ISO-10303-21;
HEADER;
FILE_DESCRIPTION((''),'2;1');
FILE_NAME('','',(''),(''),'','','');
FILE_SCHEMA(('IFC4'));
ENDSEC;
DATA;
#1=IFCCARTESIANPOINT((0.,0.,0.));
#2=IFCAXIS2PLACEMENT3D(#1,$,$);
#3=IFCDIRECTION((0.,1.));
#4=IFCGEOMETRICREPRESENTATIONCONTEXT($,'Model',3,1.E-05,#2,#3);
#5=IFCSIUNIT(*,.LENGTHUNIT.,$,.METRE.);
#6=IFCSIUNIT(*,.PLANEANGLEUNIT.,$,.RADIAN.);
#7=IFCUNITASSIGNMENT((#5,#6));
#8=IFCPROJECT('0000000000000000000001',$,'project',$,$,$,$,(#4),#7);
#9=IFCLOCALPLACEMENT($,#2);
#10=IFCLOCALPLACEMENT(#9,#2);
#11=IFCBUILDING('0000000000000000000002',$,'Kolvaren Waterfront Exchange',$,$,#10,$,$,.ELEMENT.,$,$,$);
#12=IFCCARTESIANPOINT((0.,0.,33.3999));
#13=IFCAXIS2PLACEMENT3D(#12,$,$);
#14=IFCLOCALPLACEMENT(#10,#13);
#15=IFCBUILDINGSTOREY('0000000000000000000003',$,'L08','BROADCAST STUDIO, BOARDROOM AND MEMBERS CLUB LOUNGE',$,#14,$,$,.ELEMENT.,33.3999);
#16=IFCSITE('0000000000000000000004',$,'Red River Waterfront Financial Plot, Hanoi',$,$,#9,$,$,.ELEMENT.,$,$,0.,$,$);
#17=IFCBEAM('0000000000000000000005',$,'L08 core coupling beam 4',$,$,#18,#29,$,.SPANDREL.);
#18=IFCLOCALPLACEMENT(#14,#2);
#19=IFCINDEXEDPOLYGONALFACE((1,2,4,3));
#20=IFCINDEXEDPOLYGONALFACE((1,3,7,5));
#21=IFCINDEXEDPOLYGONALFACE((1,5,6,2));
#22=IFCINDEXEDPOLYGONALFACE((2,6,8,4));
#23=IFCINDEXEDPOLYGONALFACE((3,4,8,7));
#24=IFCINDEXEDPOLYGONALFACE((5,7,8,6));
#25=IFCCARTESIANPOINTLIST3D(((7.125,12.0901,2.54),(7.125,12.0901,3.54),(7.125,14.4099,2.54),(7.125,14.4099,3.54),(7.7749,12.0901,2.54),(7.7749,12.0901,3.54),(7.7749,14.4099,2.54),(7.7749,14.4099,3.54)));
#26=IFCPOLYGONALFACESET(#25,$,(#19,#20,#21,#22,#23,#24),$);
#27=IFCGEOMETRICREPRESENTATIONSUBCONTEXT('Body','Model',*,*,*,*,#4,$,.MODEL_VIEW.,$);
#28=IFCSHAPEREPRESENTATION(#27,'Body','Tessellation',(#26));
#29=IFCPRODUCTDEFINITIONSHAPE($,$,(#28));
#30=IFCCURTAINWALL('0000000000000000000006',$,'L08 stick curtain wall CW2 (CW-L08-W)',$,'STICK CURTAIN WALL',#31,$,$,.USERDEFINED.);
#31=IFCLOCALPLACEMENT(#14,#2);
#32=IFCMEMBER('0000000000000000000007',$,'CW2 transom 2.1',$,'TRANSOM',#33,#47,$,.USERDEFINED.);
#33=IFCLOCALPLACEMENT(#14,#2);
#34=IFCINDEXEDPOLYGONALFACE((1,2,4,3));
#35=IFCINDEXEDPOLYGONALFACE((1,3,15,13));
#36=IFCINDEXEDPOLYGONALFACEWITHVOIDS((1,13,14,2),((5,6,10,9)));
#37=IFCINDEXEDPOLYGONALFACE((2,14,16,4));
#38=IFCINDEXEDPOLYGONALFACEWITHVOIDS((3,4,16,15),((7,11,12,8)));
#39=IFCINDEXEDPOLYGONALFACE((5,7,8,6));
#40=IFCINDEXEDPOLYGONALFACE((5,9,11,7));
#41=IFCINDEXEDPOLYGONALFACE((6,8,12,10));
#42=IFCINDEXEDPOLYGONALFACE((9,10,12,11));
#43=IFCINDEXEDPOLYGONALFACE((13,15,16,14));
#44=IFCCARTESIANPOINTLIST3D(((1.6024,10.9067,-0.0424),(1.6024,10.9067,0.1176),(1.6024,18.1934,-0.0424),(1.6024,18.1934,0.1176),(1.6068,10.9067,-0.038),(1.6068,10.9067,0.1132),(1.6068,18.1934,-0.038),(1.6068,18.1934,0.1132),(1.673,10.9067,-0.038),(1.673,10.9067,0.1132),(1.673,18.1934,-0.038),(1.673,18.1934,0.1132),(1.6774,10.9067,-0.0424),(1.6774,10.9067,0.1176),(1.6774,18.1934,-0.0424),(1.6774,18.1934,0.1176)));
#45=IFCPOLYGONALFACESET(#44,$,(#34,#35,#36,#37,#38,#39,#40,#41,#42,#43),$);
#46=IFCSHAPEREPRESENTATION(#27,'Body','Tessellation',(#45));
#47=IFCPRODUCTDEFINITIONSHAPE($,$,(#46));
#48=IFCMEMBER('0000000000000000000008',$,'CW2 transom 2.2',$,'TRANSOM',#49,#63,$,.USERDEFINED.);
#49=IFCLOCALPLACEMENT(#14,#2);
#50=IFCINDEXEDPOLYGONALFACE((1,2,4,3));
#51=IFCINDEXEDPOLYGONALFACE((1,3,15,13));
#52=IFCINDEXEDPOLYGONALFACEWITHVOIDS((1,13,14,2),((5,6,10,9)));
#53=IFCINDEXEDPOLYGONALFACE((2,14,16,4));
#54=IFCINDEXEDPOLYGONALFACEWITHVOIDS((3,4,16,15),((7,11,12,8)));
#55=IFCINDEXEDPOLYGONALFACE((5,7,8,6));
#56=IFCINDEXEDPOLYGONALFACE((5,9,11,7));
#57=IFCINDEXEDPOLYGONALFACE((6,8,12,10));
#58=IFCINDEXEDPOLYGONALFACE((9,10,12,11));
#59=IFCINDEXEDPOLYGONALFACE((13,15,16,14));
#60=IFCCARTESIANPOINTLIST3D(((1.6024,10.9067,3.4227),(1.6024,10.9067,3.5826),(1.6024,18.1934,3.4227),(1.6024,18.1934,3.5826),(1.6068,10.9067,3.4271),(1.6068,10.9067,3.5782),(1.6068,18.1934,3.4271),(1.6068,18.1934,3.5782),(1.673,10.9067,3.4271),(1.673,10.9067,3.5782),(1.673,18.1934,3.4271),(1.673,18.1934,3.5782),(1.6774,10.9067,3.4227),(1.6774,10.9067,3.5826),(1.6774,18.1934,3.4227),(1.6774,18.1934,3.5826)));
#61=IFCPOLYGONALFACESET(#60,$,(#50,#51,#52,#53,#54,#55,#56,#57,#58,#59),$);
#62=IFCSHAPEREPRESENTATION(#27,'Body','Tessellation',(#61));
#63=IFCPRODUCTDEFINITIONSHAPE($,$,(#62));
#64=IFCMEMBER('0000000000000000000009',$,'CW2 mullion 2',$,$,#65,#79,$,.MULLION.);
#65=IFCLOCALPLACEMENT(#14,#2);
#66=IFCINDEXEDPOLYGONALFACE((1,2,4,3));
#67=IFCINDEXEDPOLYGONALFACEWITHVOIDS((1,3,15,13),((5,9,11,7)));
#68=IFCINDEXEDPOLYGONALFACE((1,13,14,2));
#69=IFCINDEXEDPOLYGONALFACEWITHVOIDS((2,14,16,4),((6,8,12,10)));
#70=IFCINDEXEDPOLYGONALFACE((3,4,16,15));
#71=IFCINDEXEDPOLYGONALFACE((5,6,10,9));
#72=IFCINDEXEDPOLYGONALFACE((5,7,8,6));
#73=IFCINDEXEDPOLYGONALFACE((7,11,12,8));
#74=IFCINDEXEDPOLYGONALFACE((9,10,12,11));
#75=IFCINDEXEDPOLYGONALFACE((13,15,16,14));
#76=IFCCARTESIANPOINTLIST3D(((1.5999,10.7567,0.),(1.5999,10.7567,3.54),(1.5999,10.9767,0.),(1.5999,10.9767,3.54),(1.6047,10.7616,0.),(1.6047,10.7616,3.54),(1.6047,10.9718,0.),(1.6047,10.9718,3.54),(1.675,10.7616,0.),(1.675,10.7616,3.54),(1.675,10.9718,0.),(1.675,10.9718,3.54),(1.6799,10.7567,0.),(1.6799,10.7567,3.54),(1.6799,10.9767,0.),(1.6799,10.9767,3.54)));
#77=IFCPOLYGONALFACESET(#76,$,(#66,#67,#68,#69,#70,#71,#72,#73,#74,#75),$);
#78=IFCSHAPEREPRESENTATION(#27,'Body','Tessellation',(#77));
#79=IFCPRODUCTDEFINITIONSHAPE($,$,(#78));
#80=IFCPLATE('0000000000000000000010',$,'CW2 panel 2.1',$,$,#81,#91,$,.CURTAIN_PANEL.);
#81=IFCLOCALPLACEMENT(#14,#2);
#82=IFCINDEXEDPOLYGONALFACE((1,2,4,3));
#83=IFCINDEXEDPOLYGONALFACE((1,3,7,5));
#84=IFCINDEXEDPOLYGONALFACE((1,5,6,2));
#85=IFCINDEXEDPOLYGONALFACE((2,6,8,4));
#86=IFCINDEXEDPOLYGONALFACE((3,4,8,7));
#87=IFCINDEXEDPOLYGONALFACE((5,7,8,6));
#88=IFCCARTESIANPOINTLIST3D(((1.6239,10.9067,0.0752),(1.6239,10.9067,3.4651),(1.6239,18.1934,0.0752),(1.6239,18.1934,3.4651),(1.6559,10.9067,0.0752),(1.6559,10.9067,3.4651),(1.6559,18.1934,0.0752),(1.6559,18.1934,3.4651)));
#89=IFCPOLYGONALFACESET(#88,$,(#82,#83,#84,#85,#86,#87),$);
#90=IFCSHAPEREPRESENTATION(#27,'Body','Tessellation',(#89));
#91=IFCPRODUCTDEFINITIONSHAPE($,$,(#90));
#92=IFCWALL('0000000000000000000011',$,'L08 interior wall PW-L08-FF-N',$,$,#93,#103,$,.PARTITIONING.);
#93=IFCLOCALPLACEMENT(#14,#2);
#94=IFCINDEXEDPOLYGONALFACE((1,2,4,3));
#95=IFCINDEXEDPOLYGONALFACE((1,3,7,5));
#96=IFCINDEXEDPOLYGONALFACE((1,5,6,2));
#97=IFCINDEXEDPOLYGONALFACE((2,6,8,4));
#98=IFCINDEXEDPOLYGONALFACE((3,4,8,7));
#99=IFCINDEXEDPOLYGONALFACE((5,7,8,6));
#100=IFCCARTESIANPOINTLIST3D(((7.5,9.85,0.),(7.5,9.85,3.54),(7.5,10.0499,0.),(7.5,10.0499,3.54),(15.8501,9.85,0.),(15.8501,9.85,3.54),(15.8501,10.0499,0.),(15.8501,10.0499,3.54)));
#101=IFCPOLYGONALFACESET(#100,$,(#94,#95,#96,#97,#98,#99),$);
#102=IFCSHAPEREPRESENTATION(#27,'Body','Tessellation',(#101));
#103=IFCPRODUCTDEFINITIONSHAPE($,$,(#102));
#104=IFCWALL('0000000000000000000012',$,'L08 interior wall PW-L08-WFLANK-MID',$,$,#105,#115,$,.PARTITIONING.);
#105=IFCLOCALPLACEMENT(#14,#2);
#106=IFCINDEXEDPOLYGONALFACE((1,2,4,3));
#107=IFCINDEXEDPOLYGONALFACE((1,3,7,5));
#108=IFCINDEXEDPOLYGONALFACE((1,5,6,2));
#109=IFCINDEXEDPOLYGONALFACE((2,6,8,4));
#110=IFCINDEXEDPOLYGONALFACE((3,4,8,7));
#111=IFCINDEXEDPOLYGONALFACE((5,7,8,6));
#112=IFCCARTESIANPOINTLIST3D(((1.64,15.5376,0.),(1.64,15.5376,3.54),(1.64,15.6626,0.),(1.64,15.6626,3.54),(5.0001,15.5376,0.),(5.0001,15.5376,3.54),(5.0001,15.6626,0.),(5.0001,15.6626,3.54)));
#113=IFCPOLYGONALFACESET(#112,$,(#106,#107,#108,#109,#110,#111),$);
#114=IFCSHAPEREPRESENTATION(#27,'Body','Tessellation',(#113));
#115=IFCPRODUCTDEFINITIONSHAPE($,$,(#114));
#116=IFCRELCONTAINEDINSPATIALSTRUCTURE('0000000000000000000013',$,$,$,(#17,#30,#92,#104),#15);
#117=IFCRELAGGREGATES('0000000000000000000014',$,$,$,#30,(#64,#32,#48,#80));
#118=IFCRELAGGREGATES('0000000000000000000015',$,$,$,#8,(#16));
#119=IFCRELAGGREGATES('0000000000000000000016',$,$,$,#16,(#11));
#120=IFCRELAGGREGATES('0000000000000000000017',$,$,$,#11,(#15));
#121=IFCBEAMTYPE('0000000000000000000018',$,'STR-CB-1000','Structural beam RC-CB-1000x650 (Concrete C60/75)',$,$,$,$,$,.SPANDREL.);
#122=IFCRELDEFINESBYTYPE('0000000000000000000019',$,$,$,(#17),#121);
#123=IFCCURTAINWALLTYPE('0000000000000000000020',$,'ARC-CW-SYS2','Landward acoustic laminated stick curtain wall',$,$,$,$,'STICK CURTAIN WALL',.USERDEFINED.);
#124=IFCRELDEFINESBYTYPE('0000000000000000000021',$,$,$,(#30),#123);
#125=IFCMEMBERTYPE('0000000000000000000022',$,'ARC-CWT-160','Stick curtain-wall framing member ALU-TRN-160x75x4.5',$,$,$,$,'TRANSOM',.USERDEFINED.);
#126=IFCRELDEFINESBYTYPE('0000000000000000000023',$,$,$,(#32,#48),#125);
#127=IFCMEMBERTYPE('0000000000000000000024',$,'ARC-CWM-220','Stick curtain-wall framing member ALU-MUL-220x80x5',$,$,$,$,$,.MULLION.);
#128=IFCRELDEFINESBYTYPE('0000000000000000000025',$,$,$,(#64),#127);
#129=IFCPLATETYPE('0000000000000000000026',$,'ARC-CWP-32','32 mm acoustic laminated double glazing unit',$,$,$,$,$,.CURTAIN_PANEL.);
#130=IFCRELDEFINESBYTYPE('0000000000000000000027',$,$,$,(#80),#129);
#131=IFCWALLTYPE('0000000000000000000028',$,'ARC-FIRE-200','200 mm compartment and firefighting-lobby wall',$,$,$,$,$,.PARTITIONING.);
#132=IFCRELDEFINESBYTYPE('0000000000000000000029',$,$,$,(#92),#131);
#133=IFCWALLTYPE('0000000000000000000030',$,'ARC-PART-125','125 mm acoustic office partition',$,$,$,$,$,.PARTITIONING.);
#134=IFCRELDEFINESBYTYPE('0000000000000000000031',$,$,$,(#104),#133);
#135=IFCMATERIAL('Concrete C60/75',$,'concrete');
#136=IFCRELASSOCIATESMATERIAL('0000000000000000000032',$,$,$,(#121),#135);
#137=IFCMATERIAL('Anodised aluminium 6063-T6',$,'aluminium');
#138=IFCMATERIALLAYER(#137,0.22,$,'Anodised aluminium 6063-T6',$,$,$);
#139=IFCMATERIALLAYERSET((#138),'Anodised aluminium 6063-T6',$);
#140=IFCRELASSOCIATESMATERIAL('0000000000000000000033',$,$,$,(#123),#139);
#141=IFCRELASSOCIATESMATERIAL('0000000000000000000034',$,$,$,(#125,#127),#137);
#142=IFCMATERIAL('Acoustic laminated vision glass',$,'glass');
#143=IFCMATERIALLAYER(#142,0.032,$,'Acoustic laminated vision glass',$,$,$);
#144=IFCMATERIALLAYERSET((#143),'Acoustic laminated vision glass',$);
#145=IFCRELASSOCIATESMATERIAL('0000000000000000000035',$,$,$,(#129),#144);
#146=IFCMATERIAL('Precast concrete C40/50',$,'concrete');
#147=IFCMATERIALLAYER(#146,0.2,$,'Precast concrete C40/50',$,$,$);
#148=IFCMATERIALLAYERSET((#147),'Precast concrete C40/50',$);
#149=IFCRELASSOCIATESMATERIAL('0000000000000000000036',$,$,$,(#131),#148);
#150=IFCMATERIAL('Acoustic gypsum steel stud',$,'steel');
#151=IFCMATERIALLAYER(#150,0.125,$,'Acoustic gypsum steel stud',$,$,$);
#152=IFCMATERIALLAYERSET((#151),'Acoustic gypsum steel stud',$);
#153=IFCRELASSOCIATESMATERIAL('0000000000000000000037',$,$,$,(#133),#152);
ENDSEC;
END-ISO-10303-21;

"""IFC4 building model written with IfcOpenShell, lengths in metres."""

from ifc_helpers import new_model, si_unit, direction, frame, frame_2d, origin, origin_with_axes, origin_2d, place, context, subcontext, project, spatial, rectangle, hollow_rectangle, extrude, source, transform, mapped, material, layer, layer_set, material_profile, profile_set, type_object, element, aggregate, save


model = new_model("IFC4")

# Units and contexts
model_context = context("Model", 3, precision=1e-05, world=origin(), true_north=direction((0.0, 1.0)))
body_context = subcontext(model_context, "Body", "Model", "MODEL_VIEW")
ifc_project = project(units=[si_unit("LENGTHUNIT", "METRE"), si_unit("PLANEANGLEUNIT", "RADIAN")], contexts=[model_context])

# Site, building, storey
site_placement = place(None, origin())
site = spatial("IfcSite", under=ifc_project, at=site_placement, Name="Red River Waterfront Financial Plot, Hanoi", CompositionType="ELEMENT", RefElevation=0.0)
building_placement = place(site_placement, origin())
building = spatial("IfcBuilding", under=site, at=building_placement, Name="Kolvaren Waterfront Exchange", CompositionType="ELEMENT")
storey_placement = place(building_placement, frame((0.0, 0.0, 33.3999)))
storey = spatial("IfcBuildingStorey", under=building, at=storey_placement, Name="L08", Description="BROADCAST STUDIO, BOARDROOM AND MEMBERS CLUB LOUNGE", CompositionType="ELEMENT", Elevation=33.3999)

# Beam
ifc_material_1 = material(Name="Concrete C60/75", Category="concrete")
ifc_material_profile_1 = material_profile(ifc_material_1, rectangle(XDim=0.6499, YDim=1.0, at=origin_2d()), Name="RC-CB-1000x650")
ifc_profile_set_1 = profile_set([ifc_material_profile_1], Name="Concrete C60/75")
beam_type = type_object("IfcBeamType", Name="STR-CB-1000", Description="Structural beam RC-CB-1000x650 (Concrete C60/75)", PredefinedType="SPANDREL", material=ifc_profile_set_1)
beam_placement = place(storey_placement, frame((7.45, 12.0901, 3.04), z_axis=(0.0, 1.0, 0.0), x_axis=(-1.0, 0.0, 0.0)))
element("IfcBeam", 1, at=beam_placement, inside=storey, type_object=beam_type, Name="L08 core coupling beam 4", PredefinedType="SPANDREL", context=body_context, shape_type="SweptSolid", body=[
    extrude(rectangle(XDim=0.6499, YDim=1.0, at=origin_2d()), origin(), (0.0, 0.0, 1.0), 2.3198),
])

# Curtain wall, members, plate
ifc_material_2 = material(Name="Anodised aluminium 6063-T6", Category="aluminium")
ifc_layer_1 = layer(ifc_material_2, 0.22, Name="Anodised aluminium 6063-T6")
ifc_layer_set_1 = layer_set([ifc_layer_1], Name="Anodised aluminium 6063-T6")
curtain_wall_type = type_object("IfcCurtainWallType", Name="ARC-CW-SYS2", Description="Landward acoustic laminated stick curtain wall", ElementType="STICK CURTAIN WALL", PredefinedType="USERDEFINED", material=ifc_layer_set_1)
curtain_wall_placement = place(storey_placement, origin())
curtain_wall = element("IfcCurtainWall", 2, at=curtain_wall_placement, inside=storey, type_object=curtain_wall_type, Name="L08 stick curtain wall CW2 (CW-L08-W)", ObjectType="STICK CURTAIN WALL", PredefinedType="USERDEFINED")
ifc_material_profile_2 = material_profile(ifc_material_2, hollow_rectangle(XDim=0.075, YDim=0.1599, WallThickness=0.0044, at=origin_2d()), Name="ALU-TRN-160x75x4.5")
ifc_profile_set_2 = profile_set([ifc_material_profile_2], Name="Anodised aluminium 6063-T6")
member_type_1 = type_object("IfcMemberType", Name="ARC-CWT-160", Description="Stick curtain-wall framing member ALU-TRN-160x75x4.5", ElementType="TRANSOM", PredefinedType="USERDEFINED", material=ifc_profile_set_2)
shared_shape_1 = source(origin_with_axes(), body_context, "Body", "SweptSolid", [
    extrude(hollow_rectangle(XDim=0.075, YDim=0.1599, WallThickness=0.0044, at=origin_2d()), origin(), (0.0, 0.0, 1.0), 7.2866),
])
member_1_placement = place(storey_placement, frame((1.6399, 10.9067, 0.0376), z_axis=(0.0, 1.0, 0.0), x_axis=(-1.0, 0.0, 0.0)))
member_1 = element("IfcMember", 3, at=member_1_placement, type_object=member_type_1, Name="CW2 transom 2.1", ObjectType="TRANSOM", PredefinedType="USERDEFINED", context=body_context, shape_type="MappedRepresentation", body=[
    mapped(shared_shape_1, transform((0.0, 0.0, 0.0), x_axis=(1.0, 0.0, 0.0), y_axis=(0.0, 1.0, 0.0), z_axis=(0.0, 0.0, 1.0), scale=1.0)),
])
member_2_placement = place(storey_placement, frame((1.6399, 10.9067, 3.5027), z_axis=(0.0, 1.0, 0.0), x_axis=(-1.0, 0.0, 0.0)))
member_2 = element("IfcMember", 4, at=member_2_placement, type_object=member_type_1, Name="CW2 transom 2.2", ObjectType="TRANSOM", PredefinedType="USERDEFINED", context=body_context, shape_type="MappedRepresentation", body=[
    mapped(shared_shape_1, transform((0.0, 0.0, 0.0), x_axis=(1.0, 0.0, 0.0), y_axis=(0.0, 1.0, 0.0), z_axis=(0.0, 0.0, 1.0), scale=1.0)),
])
ifc_material_profile_3 = material_profile(ifc_material_2, hollow_rectangle(XDim=0.0801, YDim=0.22, WallThickness=0.0049, at=origin_2d()), Name="ALU-MUL-220x80x5")
ifc_profile_set_3 = profile_set([ifc_material_profile_3], Name="Anodised aluminium 6063-T6")
member_type_2 = type_object("IfcMemberType", Name="ARC-CWM-220", Description="Stick curtain-wall framing member ALU-MUL-220x80x5", PredefinedType="MULLION", material=ifc_profile_set_3)
shared_shape_2 = source(origin_with_axes(), body_context, "Body", "SweptSolid", [
    extrude(hollow_rectangle(XDim=0.0801, YDim=0.22, WallThickness=0.0049, at=origin_2d()), origin(), (0.0, 0.0, 1.0), 3.54),
])
member_3_placement = place(storey_placement, frame((1.6399, 10.8667, 0.0), z_axis=(0.0, 0.0, 1.0), x_axis=(-1.0, 0.0, 0.0)))
member_3 = element("IfcMember", 5, at=member_3_placement, type_object=member_type_2, Name="CW2 mullion 2", PredefinedType="MULLION", context=body_context, shape_type="MappedRepresentation", body=[
    mapped(shared_shape_2, transform((0.0, 0.0, 0.0), x_axis=(1.0, 0.0, 0.0), y_axis=(0.0, 1.0, 0.0), z_axis=(0.0, 0.0, 1.0), scale=1.0)),
])
ifc_material_3 = material(Name="Acoustic laminated vision glass", Category="glass")
ifc_layer_2 = layer(ifc_material_3, 0.032, Name="Acoustic laminated vision glass")
ifc_layer_set_2 = layer_set([ifc_layer_2], Name="Acoustic laminated vision glass")
plate_type = type_object("IfcPlateType", Name="ARC-CWP-32", Description="32 mm acoustic laminated double glazing unit", PredefinedType="CURTAIN_PANEL", material=ifc_layer_set_2)
shared_shape_3 = source(origin_with_axes(), body_context, "Body", "SweptSolid", [
    extrude(rectangle(XDim=7.2866, YDim=0.032, at=origin_2d()), origin(), (0.0, 0.0, 1.0), 3.3899),
])
plate_placement = place(storey_placement, frame((1.6399, 14.55, 0.0752), z_axis=(0.0, 0.0, 1.0), x_axis=(0.0, 1.0, 0.0)))
plate = element("IfcPlate", 6, at=plate_placement, type_object=plate_type, Name="CW2 panel 2.1", PredefinedType="CURTAIN_PANEL", context=body_context, shape_type="MappedRepresentation", body=[
    mapped(shared_shape_3, transform((0.0, 0.0, 0.0), x_axis=(1.0, 0.0, 0.0), y_axis=(0.0, 1.0, 0.0), z_axis=(0.0, 0.0, 1.0), scale=1.0)),
])
aggregate(curtain_wall, [member_3, member_1, member_2, plate])

# Walls
ifc_material_4 = material(Name="Precast concrete C40/50", Category="concrete")
ifc_layer_3 = layer(ifc_material_4, 0.2, Name="Precast concrete C40/50")
ifc_layer_set_3 = layer_set([ifc_layer_3], Name="Precast concrete C40/50")
wall_type_1 = type_object("IfcWallType", Name="ARC-FIRE-200", Description="200 mm compartment and firefighting-lobby wall", PredefinedType="PARTITIONING", material=ifc_layer_set_3)
wall_1_placement = place(storey_placement, frame((7.5, 9.95, 0.0), z_axis=(0.0, 0.0, 1.0), x_axis=(1.0, 0.0, 0.0)))
element("IfcWall", 7, at=wall_1_placement, inside=storey, type_object=wall_type_1, Name="L08 interior wall PW-L08-FF-N", PredefinedType="PARTITIONING", context=body_context, shape_type="SweptSolid", body=[
    extrude(rectangle(XDim=8.3501, YDim=0.2, at=frame_2d((4.175, 0.0))), origin(), (0.0, 0.0, 1.0), 3.54),
])
ifc_material_5 = material(Name="Acoustic gypsum steel stud", Category="steel")
ifc_layer_4 = layer(ifc_material_5, 0.125, Name="Acoustic gypsum steel stud")
ifc_layer_set_4 = layer_set([ifc_layer_4], Name="Acoustic gypsum steel stud")
wall_type_2 = type_object("IfcWallType", Name="ARC-PART-125", Description="125 mm acoustic office partition", PredefinedType="PARTITIONING", material=ifc_layer_set_4)
wall_2_placement = place(storey_placement, frame((1.6399, 15.6001, 0.0), z_axis=(0.0, 0.0, 1.0), x_axis=(1.0, 0.0, 0.0)))
element("IfcWall", 8, at=wall_2_placement, inside=storey, type_object=wall_type_2, Name="L08 interior wall PW-L08-WFLANK-MID", PredefinedType="PARTITIONING", context=body_context, shape_type="SweptSolid", body=[
    extrude(rectangle(XDim=3.3601, YDim=0.125, at=frame_2d((1.6802, 0.0))), origin(), (0.0, 0.0, 1.0), 3.54),
])

save(model, "model.ifc")
